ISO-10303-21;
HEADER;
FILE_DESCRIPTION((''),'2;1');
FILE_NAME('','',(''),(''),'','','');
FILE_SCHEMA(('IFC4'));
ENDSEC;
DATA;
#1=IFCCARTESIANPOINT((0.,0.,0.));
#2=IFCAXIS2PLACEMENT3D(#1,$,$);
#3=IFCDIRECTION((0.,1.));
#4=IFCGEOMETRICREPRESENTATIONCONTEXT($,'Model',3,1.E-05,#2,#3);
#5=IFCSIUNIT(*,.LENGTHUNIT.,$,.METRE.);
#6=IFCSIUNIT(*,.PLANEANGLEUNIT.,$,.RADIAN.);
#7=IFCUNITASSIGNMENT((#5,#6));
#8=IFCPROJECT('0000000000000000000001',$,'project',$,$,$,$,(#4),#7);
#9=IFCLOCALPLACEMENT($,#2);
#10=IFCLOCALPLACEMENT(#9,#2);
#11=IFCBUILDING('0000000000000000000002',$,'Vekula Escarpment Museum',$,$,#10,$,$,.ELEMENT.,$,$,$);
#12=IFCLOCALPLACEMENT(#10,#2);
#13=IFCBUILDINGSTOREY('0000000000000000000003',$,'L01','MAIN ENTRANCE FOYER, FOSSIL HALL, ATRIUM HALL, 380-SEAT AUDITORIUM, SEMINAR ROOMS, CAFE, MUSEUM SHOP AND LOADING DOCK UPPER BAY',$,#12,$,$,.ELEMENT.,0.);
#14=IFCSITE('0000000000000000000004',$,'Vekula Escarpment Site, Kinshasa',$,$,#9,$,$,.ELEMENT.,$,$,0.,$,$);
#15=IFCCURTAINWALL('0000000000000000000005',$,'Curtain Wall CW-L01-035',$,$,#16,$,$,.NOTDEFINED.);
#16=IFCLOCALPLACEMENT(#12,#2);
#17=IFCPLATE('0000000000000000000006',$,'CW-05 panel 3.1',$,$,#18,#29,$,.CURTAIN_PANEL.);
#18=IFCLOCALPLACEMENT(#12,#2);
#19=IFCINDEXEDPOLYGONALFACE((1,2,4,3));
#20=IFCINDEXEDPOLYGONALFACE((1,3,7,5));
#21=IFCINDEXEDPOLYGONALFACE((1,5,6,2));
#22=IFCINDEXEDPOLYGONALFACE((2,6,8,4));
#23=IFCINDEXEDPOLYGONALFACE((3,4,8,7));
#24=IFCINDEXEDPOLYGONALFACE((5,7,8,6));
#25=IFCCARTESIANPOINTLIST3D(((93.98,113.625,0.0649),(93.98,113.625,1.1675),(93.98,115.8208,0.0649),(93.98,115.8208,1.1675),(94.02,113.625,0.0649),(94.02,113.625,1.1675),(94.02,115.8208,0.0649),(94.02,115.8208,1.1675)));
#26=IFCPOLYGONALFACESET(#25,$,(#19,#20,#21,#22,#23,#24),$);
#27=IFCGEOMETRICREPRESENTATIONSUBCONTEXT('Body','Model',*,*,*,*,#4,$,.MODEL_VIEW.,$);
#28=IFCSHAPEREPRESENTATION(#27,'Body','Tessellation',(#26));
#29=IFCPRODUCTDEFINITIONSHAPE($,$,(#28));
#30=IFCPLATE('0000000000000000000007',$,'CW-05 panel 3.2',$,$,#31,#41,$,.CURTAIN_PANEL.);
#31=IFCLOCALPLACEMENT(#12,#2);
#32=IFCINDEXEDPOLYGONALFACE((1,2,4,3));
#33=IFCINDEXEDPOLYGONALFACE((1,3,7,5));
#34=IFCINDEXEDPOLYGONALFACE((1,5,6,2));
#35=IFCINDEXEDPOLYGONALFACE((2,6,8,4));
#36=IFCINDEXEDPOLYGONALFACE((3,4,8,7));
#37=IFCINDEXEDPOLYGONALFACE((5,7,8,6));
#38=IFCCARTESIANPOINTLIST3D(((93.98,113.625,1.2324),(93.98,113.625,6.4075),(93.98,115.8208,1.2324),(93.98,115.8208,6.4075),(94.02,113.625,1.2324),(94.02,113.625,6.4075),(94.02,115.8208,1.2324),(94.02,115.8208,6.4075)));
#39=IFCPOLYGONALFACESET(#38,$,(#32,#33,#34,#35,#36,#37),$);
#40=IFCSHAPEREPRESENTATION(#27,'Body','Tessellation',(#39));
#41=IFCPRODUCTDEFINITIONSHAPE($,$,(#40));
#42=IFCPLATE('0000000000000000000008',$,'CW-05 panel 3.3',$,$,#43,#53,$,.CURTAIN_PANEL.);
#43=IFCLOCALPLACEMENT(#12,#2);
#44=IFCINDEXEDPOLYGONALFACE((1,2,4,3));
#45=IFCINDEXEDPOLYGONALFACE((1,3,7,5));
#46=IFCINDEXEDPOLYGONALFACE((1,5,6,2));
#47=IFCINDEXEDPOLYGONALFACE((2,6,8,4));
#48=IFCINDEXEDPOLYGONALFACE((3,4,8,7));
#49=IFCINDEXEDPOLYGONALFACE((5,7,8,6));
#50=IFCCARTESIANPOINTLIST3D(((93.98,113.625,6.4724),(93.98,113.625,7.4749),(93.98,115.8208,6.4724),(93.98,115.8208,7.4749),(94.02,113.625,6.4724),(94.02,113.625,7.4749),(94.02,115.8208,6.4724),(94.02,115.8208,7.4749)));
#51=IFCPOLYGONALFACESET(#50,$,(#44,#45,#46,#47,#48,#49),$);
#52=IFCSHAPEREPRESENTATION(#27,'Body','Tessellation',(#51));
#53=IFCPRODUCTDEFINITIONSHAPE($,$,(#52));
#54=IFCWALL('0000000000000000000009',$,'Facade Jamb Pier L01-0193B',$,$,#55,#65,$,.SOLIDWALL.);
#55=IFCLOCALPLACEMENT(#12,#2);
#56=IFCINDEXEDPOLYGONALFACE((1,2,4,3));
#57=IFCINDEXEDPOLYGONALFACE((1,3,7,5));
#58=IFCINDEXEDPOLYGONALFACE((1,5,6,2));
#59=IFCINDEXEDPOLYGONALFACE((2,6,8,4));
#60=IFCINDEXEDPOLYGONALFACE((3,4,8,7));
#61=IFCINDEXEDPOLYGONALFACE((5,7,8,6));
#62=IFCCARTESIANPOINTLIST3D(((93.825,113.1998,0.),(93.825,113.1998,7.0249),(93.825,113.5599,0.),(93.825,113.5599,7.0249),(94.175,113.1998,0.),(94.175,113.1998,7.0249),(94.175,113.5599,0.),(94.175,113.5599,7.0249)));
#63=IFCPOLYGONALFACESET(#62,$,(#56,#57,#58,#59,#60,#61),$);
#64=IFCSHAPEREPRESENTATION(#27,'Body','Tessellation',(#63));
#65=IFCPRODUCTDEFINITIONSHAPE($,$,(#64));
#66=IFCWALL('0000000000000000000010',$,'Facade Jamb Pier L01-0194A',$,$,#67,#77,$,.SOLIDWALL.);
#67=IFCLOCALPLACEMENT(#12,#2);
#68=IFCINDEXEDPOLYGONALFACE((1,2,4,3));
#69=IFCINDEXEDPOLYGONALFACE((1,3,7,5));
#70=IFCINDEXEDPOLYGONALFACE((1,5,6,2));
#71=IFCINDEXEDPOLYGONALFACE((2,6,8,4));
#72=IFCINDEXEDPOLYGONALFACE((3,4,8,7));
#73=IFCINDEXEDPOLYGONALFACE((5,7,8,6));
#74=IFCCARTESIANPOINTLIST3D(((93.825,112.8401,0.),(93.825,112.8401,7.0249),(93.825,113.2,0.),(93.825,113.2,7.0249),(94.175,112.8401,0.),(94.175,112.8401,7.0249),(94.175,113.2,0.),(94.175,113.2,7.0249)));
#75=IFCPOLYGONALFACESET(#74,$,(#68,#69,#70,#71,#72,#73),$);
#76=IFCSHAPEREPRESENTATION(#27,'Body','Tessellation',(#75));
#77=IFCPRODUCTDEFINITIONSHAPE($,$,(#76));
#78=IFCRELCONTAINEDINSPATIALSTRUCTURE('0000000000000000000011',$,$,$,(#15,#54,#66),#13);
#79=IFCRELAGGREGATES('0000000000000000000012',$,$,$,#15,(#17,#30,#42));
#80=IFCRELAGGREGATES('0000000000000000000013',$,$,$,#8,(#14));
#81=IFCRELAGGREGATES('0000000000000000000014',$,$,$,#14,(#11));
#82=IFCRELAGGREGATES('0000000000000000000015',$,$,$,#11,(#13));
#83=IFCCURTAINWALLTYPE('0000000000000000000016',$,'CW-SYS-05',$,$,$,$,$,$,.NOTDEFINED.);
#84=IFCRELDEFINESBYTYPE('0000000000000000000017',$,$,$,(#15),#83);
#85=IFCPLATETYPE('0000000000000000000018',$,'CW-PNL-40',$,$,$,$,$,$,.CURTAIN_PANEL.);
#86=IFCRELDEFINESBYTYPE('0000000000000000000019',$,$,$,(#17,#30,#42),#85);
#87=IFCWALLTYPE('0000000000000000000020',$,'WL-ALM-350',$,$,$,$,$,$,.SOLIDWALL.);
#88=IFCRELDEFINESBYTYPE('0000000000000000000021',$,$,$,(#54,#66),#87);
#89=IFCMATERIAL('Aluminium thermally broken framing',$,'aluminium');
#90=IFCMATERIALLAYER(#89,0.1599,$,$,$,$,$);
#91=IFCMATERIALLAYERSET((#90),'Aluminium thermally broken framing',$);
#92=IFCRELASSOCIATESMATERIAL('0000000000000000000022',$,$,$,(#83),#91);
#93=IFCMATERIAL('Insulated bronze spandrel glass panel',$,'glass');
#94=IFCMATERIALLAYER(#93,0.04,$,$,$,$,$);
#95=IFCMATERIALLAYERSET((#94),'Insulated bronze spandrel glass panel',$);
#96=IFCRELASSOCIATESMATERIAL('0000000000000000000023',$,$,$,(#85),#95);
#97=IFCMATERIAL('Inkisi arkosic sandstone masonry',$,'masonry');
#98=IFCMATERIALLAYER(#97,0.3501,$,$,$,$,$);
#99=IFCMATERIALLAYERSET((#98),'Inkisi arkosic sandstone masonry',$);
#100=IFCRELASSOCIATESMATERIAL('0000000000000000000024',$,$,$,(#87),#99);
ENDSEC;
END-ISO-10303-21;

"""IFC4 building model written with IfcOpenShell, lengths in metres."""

from ifc_helpers import new_model, si_unit, direction, frame, frame_2d, origin, origin_2d, place, context, subcontext, project, spatial, rectangle, extrude, material, layer, layer_set, type_object, element, aggregate, save


model = new_model("IFC4")

# Units and contexts
model_context = context("Model", 3, precision=1e-05, world=origin(), true_north=direction((0.0, 1.0)))
body_context = subcontext(model_context, "Body", "Model", "MODEL_VIEW")
ifc_project = project(units=[si_unit("LENGTHUNIT", "METRE"), si_unit("PLANEANGLEUNIT", "RADIAN")], contexts=[model_context])

# Site, building, storey
site_placement = place(None, origin())
site = spatial("IfcSite", under=ifc_project, at=site_placement, Name="Vekula Escarpment Site, Kinshasa", CompositionType="ELEMENT", RefElevation=0.0)
building_placement = place(site_placement, origin())
building = spatial("IfcBuilding", under=site, at=building_placement, Name="Vekula Escarpment Museum", CompositionType="ELEMENT")
storey_placement = place(building_placement, origin())
storey = spatial("IfcBuildingStorey", under=building, at=storey_placement, Name="L01", Description="MAIN ENTRANCE FOYER, FOSSIL HALL, ATRIUM HALL, 380-SEAT AUDITORIUM, SEMINAR ROOMS, CAFE, MUSEUM SHOP AND LOADING DOCK UPPER BAY", CompositionType="ELEMENT", Elevation=0.0)

# Curtain wall
ifc_material_1 = material(Name="Aluminium thermally broken framing", Category="aluminium")
ifc_layer_1 = layer(ifc_material_1, 0.1599)
ifc_layer_set_1 = layer_set([ifc_layer_1], Name="Aluminium thermally broken framing")
curtain_wall_type_1 = type_object("IfcCurtainWallType", Name="CW-SYS-05", PredefinedType="NOTDEFINED", material=ifc_layer_set_1)
curtain_wall_1_placement = place(storey_placement, origin())
curtain_wall_1 = element("IfcCurtainWall", 1, at=curtain_wall_1_placement, inside=storey, type_object=curtain_wall_type_1, Name="Curtain Wall CW-L01-035", PredefinedType="NOTDEFINED")

# Plates
ifc_material_2 = material(Name="Insulated bronze spandrel glass panel", Category="glass")
ifc_layer_2 = layer(ifc_material_2, 0.04)
ifc_layer_set_2 = layer_set([ifc_layer_2], Name="Insulated bronze spandrel glass panel")
plate_type_1 = type_object("IfcPlateType", Name="CW-PNL-40", PredefinedType="CURTAIN_PANEL", material=ifc_layer_set_2)
plate_1_placement = place(storey_placement, frame((94.0, 114.7229, 0.0649), z_axis=(0.0, 0.0, 1.0), x_axis=(0.0, -1.0, 0.0)))
plate_1 = element("IfcPlate", 2, at=plate_1_placement, type_object=plate_type_1, Name="CW-05 panel 3.1", PredefinedType="CURTAIN_PANEL", context=body_context, shape_type="SweptSolid", body=[
    extrude(rectangle(XDim=2.1958, YDim=0.04, at=origin_2d()), origin(), (0.0, 0.0, 1.0), 1.1025),
])
plate_2_placement = place(storey_placement, frame((94.0, 114.7229, 1.2324), z_axis=(0.0, 0.0, 1.0), x_axis=(0.0, -1.0, 0.0)))
plate_2 = element("IfcPlate", 3, at=plate_2_placement, type_object=plate_type_1, Name="CW-05 panel 3.2", PredefinedType="CURTAIN_PANEL", context=body_context, shape_type="SweptSolid", body=[
    extrude(rectangle(XDim=2.1958, YDim=0.04, at=origin_2d()), origin(), (0.0, 0.0, 1.0), 5.175),
])
plate_3_placement = place(storey_placement, frame((94.0, 114.7229, 6.4724), z_axis=(0.0, 0.0, 1.0), x_axis=(0.0, -1.0, 0.0)))
plate_3 = element("IfcPlate", 4, at=plate_3_placement, type_object=plate_type_1, Name="CW-05 panel 3.3", PredefinedType="CURTAIN_PANEL", context=body_context, shape_type="SweptSolid", body=[
    extrude(rectangle(XDim=2.1958, YDim=0.04, at=origin_2d()), origin(), (0.0, 0.0, 1.0), 1.0024),
])
aggregate(curtain_wall_1, [plate_1, plate_2, plate_3])

# Walls
ifc_material_3 = material(Name="Inkisi arkosic sandstone masonry", Category="masonry")
ifc_layer_3 = layer(ifc_material_3, 0.3501)
ifc_layer_set_3 = layer_set([ifc_layer_3], Name="Inkisi arkosic sandstone masonry")
wall_type = type_object("IfcWallType", Name="WL-ALM-350", PredefinedType="SOLIDWALL", material=ifc_layer_set_3)
wall_1_placement = place(storey_placement, frame((94.0, 113.5601, 0.0), z_axis=(0.0, 0.0, 1.0), x_axis=(0.0, -1.0, 0.0)))
element("IfcWall", 5, at=wall_1_placement, inside=storey, type_object=wall_type, Name="Facade Jamb Pier L01-0193B", PredefinedType="SOLIDWALL", context=body_context, shape_type="SweptSolid", body=[
    extrude(rectangle(XDim=0.3601, YDim=0.3501, at=frame_2d((0.1802, 0.0))), origin(), (0.0, 0.0, 1.0), 7.0249),
])
wall_2_placement = place(storey_placement, frame((94.0, 113.2, 0.0), z_axis=(0.0, 0.0, 1.0), x_axis=(0.0, -1.0, 0.0)))
element("IfcWall", 6, at=wall_2_placement, inside=storey, type_object=wall_type, Name="Facade Jamb Pier L01-0194A", PredefinedType="SOLIDWALL", context=body_context, shape_type="SweptSolid", body=[
    extrude(rectangle(XDim=0.3599, YDim=0.3501, at=frame_2d((0.1799, 0.0))), origin(), (0.0, 0.0, 1.0), 7.0249),
])

save(model, "model.ifc")
